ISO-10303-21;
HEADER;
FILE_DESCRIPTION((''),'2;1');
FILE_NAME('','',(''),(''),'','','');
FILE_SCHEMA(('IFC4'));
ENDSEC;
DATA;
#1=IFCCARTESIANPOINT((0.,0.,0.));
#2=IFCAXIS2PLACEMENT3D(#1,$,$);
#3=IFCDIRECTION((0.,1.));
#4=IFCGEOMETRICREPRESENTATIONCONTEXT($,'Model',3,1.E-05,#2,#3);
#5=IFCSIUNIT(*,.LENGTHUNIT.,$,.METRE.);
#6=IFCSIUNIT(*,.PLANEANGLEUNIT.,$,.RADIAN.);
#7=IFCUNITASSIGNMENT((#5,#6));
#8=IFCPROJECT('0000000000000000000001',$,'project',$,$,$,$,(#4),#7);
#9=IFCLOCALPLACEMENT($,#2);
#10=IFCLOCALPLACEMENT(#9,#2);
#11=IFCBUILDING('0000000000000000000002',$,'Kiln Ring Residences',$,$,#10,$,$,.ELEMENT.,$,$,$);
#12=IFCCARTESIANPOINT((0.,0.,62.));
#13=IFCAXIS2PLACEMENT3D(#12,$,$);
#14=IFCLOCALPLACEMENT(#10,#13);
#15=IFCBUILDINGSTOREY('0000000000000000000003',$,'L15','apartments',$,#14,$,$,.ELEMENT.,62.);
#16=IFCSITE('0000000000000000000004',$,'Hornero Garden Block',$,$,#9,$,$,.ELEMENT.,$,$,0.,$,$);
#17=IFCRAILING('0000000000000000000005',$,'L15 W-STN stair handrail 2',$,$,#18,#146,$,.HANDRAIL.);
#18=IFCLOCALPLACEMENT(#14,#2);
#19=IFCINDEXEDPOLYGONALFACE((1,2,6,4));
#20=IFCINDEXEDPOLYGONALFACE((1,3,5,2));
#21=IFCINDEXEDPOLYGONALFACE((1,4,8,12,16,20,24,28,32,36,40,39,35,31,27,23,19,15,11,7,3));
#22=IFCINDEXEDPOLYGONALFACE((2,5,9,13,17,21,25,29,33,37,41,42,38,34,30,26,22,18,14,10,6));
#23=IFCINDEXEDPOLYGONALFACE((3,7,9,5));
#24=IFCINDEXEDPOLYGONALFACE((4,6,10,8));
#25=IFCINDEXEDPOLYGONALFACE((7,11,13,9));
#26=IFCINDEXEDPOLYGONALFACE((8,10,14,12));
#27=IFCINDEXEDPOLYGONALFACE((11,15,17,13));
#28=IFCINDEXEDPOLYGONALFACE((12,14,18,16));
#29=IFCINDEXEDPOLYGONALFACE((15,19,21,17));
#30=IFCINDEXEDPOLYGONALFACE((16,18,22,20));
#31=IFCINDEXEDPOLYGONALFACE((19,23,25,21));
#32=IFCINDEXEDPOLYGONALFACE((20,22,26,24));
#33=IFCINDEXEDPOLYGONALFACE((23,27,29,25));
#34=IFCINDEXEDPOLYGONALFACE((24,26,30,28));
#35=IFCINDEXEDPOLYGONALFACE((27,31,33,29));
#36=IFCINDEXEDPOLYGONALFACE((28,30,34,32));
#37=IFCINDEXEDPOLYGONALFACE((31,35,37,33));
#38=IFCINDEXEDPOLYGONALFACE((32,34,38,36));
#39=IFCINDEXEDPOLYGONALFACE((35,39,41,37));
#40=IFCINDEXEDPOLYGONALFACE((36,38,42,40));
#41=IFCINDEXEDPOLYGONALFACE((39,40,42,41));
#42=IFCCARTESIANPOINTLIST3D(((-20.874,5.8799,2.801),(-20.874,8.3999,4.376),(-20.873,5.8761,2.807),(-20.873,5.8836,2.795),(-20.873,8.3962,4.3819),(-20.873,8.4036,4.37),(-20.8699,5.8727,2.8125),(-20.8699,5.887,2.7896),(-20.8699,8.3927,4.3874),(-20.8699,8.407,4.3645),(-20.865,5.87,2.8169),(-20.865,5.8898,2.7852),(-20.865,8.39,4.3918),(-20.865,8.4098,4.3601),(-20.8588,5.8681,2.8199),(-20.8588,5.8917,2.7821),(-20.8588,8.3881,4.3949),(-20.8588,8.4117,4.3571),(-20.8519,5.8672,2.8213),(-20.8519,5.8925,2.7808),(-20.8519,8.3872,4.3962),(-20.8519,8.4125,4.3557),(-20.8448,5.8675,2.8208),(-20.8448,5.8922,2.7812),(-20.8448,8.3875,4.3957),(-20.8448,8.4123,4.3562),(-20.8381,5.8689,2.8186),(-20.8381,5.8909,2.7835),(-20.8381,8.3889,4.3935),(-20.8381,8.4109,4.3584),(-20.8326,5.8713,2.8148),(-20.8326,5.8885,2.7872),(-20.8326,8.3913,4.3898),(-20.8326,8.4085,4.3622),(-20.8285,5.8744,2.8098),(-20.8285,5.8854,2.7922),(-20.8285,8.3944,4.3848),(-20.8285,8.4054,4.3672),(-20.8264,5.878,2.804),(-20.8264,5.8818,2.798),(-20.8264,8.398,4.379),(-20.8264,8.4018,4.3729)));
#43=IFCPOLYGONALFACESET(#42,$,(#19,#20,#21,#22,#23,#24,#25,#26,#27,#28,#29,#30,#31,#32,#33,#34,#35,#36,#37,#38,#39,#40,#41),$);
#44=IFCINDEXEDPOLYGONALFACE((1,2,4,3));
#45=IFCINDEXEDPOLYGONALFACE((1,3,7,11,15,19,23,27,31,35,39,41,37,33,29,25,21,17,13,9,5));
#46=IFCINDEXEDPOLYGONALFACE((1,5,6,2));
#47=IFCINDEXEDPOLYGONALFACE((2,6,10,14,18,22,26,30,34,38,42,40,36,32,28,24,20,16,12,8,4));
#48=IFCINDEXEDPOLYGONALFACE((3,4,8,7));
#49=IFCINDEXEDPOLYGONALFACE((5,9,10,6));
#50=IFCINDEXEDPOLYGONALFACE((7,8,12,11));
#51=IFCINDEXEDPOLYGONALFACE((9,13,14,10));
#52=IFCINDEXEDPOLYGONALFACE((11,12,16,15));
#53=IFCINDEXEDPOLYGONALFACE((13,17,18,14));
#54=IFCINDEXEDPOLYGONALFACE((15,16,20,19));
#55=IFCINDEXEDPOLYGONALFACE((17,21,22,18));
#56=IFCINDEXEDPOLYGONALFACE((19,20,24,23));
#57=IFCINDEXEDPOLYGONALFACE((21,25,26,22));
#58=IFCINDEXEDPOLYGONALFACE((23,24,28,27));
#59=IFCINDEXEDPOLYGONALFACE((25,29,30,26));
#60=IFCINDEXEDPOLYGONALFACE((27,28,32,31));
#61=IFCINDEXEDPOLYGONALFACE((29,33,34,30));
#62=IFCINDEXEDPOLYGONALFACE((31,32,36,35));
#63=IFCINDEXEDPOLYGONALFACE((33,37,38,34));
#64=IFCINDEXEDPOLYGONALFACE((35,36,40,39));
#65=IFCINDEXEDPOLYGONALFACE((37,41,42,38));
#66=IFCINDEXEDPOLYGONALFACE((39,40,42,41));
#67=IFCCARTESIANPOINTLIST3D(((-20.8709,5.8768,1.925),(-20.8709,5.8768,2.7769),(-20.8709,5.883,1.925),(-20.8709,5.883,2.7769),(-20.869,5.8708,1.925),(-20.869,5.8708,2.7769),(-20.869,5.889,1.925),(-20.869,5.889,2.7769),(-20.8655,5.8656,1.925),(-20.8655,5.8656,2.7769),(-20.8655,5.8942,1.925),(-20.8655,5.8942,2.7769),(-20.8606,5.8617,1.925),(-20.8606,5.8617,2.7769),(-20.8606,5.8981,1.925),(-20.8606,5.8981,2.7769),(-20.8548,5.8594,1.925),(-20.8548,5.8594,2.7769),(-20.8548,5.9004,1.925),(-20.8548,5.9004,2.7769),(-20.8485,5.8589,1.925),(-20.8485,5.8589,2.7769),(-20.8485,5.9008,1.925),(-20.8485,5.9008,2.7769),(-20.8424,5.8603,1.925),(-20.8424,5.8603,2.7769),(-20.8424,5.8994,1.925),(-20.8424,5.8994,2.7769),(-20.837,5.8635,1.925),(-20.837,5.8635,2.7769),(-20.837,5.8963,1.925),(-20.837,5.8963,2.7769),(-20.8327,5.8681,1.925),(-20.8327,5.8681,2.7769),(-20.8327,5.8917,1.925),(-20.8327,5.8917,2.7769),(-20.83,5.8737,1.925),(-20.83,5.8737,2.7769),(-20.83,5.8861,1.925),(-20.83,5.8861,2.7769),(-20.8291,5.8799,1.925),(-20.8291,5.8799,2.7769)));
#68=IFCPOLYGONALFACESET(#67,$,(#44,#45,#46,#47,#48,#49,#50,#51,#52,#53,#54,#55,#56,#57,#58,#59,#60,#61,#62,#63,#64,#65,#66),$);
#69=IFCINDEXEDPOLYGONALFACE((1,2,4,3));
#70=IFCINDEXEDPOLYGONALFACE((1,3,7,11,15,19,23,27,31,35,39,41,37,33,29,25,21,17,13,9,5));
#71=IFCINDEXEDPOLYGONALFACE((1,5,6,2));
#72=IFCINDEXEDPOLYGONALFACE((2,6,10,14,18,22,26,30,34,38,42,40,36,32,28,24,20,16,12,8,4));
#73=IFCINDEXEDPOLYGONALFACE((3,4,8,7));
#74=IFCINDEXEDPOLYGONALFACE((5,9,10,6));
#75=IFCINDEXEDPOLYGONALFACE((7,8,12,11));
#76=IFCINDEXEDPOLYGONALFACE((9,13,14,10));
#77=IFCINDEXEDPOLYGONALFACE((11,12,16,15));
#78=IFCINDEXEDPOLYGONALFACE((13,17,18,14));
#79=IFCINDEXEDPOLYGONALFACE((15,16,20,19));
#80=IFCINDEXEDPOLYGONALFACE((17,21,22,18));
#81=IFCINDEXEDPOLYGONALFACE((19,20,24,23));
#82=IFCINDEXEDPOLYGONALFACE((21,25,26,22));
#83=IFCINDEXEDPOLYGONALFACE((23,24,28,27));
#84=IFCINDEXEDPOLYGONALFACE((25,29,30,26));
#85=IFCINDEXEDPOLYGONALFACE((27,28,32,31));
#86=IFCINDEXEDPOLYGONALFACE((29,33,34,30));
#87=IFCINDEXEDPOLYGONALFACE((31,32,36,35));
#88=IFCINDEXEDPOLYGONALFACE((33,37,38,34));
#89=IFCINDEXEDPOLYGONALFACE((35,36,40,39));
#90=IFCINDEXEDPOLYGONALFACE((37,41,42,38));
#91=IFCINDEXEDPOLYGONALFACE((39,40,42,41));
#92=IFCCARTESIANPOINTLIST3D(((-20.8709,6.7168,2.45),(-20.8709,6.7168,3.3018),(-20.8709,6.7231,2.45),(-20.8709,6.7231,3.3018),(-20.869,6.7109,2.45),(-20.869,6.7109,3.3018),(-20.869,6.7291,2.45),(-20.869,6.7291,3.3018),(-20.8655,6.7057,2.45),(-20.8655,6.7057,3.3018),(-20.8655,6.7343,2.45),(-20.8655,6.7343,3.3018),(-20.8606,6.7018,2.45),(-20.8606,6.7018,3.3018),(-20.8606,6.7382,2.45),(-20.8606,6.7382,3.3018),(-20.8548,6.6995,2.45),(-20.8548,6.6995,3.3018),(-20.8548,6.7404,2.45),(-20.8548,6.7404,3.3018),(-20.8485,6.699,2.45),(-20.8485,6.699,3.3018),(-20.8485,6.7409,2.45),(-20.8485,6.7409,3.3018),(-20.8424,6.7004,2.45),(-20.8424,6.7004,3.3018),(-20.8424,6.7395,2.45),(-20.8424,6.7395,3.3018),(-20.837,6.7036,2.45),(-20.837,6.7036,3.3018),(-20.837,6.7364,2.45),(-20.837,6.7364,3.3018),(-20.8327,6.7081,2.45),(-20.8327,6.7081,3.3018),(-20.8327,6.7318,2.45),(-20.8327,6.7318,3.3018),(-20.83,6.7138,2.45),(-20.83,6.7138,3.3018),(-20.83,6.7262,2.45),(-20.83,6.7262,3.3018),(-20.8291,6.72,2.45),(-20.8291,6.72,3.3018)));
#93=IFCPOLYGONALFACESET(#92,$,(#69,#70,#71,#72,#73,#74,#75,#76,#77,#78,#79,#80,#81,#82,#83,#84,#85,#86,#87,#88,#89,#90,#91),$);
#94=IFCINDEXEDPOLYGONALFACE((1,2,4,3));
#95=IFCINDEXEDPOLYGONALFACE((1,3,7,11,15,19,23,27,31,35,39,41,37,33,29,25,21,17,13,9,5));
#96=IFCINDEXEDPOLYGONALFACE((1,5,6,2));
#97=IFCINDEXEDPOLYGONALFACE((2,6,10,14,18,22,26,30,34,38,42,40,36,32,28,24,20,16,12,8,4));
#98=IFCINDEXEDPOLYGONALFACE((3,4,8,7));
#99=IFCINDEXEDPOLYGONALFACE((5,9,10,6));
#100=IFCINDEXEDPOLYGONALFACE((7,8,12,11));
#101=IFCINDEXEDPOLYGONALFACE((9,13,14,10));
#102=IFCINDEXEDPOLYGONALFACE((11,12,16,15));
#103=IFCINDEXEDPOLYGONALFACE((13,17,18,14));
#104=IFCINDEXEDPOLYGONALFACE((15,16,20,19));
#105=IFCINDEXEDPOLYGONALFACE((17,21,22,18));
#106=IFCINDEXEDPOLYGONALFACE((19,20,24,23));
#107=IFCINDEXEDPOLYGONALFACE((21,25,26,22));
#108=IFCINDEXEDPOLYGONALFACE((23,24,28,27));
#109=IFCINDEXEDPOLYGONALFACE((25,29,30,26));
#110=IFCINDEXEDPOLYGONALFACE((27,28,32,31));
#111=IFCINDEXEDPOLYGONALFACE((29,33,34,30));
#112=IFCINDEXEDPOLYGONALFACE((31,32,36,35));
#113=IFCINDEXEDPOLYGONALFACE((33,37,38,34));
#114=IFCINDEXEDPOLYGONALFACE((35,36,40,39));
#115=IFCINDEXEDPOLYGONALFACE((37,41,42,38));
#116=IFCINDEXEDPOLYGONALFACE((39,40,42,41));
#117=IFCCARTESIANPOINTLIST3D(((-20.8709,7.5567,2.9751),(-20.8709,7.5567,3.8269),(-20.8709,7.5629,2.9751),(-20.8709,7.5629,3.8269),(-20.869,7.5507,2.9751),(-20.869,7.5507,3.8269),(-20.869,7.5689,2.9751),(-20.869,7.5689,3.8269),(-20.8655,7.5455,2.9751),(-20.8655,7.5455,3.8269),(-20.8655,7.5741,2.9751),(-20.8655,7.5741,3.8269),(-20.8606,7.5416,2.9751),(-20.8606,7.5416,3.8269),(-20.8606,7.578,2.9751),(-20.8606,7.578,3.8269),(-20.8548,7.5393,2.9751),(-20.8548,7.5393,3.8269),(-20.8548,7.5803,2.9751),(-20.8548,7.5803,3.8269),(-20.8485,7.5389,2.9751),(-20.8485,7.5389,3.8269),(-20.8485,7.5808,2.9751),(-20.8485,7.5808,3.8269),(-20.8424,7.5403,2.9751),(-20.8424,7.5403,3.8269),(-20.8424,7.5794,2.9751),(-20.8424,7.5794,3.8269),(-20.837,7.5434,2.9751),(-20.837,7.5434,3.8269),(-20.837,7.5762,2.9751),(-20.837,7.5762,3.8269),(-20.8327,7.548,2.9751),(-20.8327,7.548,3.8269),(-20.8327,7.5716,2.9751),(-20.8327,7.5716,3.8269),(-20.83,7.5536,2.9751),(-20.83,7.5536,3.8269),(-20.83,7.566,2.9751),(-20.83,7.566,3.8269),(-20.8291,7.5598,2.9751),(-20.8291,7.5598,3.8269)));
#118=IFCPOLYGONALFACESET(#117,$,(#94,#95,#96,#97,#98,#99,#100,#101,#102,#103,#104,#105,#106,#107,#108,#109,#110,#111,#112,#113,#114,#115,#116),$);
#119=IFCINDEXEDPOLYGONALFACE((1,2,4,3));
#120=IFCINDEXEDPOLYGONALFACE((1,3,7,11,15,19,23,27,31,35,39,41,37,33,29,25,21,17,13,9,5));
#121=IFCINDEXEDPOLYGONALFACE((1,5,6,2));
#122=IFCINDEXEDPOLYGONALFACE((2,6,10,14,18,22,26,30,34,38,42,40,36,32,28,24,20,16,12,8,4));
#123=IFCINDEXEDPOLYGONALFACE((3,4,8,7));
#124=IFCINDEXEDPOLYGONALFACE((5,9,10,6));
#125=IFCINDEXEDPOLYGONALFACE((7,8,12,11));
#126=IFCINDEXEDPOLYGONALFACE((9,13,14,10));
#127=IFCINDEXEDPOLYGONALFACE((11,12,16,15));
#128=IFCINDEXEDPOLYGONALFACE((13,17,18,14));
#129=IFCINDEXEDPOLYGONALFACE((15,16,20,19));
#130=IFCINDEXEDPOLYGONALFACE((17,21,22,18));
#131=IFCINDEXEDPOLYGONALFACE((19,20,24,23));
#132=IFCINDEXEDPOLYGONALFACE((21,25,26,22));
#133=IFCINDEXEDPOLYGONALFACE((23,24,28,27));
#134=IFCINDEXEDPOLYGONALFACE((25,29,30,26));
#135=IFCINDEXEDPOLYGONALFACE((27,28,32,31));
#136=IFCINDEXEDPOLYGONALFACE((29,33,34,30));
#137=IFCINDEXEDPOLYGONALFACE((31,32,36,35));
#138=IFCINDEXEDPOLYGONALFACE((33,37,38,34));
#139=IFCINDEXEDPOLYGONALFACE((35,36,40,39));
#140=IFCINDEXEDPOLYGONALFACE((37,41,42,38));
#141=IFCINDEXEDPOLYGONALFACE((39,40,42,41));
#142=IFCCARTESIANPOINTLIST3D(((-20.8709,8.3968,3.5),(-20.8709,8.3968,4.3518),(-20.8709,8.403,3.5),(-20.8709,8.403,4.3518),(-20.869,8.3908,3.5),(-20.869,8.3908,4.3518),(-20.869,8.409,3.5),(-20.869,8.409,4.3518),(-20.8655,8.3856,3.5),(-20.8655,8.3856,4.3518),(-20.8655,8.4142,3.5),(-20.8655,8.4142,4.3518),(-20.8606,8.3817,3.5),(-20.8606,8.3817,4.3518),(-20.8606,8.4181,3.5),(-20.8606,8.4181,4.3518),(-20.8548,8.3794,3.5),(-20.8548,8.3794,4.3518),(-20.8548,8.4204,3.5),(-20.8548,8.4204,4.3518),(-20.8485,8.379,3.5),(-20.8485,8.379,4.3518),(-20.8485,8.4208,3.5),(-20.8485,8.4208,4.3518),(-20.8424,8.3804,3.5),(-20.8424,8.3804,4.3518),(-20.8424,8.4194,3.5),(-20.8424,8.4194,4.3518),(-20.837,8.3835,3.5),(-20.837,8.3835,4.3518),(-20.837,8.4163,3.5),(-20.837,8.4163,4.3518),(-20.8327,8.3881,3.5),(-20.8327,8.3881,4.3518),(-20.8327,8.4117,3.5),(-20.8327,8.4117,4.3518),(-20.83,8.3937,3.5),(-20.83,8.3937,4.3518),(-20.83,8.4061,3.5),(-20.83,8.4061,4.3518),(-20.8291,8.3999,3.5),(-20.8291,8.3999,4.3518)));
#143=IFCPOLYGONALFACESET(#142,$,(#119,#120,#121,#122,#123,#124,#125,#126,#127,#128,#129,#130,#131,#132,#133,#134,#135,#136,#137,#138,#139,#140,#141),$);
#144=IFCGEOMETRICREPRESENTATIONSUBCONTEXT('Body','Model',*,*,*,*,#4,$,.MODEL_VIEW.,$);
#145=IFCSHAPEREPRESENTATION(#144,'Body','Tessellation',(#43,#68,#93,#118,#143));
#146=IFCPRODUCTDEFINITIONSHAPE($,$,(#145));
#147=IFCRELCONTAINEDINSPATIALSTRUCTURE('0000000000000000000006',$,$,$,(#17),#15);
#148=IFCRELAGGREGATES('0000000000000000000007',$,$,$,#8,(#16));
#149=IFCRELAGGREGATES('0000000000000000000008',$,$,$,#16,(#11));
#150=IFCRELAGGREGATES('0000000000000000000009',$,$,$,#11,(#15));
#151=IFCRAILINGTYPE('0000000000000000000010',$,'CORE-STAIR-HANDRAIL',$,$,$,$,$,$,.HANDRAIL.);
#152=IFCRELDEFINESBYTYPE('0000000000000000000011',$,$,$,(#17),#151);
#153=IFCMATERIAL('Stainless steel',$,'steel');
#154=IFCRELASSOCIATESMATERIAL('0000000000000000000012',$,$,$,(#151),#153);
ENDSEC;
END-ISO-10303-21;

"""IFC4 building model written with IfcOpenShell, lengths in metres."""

from ifc_helpers import new_model, si_unit, direction, frame, origin, origin_2d, place, context, subcontext, project, spatial, circle, extrude, material, type_object, element, save


model = new_model("IFC4")

# Units and contexts
model_context = context("Model", 3, precision=1e-05, world=origin(), true_north=direction((0.0, 1.0)))
body_context = subcontext(model_context, "Body", "Model", "MODEL_VIEW")
ifc_project = project(units=[si_unit("LENGTHUNIT", "METRE"), si_unit("PLANEANGLEUNIT", "RADIAN")], contexts=[model_context])

# Site, building, storey
site_placement = place(None, origin())
site = spatial("IfcSite", under=ifc_project, at=site_placement, Name="Hornero Garden Block", CompositionType="ELEMENT", RefElevation=0.0)
building_placement = place(site_placement, origin())
building = spatial("IfcBuilding", under=site, at=building_placement, Name="Kiln Ring Residences", CompositionType="ELEMENT")
storey_placement = place(building_placement, frame((0.0, 0.0, 62.0)))
storey = spatial("IfcBuildingStorey", under=building, at=storey_placement, Name="L15", Description="apartments", CompositionType="ELEMENT", Elevation=62.0)

# Railing
ifc_material_1 = material(Name="Stainless steel", Category="steel")
railing_type_1 = type_object("IfcRailingType", Name="CORE-STAIR-HANDRAIL", PredefinedType="HANDRAIL", material=ifc_material_1)
railing_1_placement = place(storey_placement, frame((-20.8501, 5.8799, 1.925)))
element("IfcRailing", 1, at=railing_1_placement, inside=storey, type_object=railing_type_1, Name="L15 W-STN stair handrail 2", PredefinedType="HANDRAIL", context=body_context, shape_type="SweptSolid", body=[
    extrude(circle(Radius=0.0239, at=origin_2d()), frame((0.0, 0.0, 0.876), z_axis=(0.0, 0.848008, 0.529984), x_axis=(-1.0, 0.0, 0.0)), (0.0, 0.0, 1.0), 2.9717),
    extrude(circle(Radius=0.021, at=origin_2d()), origin(), (0.0, 0.0, 1.0), 0.8518),
    extrude(circle(Radius=0.021, at=origin_2d()), frame((0.0, 0.8401, 0.5249)), (0.0, 0.0, 1.0), 0.8518),
    extrude(circle(Radius=0.021, at=origin_2d()), frame((0.0, 1.6799, 1.05)), (0.0, 0.0, 1.0), 0.8518),
    extrude(circle(Radius=0.021, at=origin_2d()), frame((0.0, 2.52, 1.575)), (0.0, 0.0, 1.0), 0.8518),
])

save(model, "model.ifc")
